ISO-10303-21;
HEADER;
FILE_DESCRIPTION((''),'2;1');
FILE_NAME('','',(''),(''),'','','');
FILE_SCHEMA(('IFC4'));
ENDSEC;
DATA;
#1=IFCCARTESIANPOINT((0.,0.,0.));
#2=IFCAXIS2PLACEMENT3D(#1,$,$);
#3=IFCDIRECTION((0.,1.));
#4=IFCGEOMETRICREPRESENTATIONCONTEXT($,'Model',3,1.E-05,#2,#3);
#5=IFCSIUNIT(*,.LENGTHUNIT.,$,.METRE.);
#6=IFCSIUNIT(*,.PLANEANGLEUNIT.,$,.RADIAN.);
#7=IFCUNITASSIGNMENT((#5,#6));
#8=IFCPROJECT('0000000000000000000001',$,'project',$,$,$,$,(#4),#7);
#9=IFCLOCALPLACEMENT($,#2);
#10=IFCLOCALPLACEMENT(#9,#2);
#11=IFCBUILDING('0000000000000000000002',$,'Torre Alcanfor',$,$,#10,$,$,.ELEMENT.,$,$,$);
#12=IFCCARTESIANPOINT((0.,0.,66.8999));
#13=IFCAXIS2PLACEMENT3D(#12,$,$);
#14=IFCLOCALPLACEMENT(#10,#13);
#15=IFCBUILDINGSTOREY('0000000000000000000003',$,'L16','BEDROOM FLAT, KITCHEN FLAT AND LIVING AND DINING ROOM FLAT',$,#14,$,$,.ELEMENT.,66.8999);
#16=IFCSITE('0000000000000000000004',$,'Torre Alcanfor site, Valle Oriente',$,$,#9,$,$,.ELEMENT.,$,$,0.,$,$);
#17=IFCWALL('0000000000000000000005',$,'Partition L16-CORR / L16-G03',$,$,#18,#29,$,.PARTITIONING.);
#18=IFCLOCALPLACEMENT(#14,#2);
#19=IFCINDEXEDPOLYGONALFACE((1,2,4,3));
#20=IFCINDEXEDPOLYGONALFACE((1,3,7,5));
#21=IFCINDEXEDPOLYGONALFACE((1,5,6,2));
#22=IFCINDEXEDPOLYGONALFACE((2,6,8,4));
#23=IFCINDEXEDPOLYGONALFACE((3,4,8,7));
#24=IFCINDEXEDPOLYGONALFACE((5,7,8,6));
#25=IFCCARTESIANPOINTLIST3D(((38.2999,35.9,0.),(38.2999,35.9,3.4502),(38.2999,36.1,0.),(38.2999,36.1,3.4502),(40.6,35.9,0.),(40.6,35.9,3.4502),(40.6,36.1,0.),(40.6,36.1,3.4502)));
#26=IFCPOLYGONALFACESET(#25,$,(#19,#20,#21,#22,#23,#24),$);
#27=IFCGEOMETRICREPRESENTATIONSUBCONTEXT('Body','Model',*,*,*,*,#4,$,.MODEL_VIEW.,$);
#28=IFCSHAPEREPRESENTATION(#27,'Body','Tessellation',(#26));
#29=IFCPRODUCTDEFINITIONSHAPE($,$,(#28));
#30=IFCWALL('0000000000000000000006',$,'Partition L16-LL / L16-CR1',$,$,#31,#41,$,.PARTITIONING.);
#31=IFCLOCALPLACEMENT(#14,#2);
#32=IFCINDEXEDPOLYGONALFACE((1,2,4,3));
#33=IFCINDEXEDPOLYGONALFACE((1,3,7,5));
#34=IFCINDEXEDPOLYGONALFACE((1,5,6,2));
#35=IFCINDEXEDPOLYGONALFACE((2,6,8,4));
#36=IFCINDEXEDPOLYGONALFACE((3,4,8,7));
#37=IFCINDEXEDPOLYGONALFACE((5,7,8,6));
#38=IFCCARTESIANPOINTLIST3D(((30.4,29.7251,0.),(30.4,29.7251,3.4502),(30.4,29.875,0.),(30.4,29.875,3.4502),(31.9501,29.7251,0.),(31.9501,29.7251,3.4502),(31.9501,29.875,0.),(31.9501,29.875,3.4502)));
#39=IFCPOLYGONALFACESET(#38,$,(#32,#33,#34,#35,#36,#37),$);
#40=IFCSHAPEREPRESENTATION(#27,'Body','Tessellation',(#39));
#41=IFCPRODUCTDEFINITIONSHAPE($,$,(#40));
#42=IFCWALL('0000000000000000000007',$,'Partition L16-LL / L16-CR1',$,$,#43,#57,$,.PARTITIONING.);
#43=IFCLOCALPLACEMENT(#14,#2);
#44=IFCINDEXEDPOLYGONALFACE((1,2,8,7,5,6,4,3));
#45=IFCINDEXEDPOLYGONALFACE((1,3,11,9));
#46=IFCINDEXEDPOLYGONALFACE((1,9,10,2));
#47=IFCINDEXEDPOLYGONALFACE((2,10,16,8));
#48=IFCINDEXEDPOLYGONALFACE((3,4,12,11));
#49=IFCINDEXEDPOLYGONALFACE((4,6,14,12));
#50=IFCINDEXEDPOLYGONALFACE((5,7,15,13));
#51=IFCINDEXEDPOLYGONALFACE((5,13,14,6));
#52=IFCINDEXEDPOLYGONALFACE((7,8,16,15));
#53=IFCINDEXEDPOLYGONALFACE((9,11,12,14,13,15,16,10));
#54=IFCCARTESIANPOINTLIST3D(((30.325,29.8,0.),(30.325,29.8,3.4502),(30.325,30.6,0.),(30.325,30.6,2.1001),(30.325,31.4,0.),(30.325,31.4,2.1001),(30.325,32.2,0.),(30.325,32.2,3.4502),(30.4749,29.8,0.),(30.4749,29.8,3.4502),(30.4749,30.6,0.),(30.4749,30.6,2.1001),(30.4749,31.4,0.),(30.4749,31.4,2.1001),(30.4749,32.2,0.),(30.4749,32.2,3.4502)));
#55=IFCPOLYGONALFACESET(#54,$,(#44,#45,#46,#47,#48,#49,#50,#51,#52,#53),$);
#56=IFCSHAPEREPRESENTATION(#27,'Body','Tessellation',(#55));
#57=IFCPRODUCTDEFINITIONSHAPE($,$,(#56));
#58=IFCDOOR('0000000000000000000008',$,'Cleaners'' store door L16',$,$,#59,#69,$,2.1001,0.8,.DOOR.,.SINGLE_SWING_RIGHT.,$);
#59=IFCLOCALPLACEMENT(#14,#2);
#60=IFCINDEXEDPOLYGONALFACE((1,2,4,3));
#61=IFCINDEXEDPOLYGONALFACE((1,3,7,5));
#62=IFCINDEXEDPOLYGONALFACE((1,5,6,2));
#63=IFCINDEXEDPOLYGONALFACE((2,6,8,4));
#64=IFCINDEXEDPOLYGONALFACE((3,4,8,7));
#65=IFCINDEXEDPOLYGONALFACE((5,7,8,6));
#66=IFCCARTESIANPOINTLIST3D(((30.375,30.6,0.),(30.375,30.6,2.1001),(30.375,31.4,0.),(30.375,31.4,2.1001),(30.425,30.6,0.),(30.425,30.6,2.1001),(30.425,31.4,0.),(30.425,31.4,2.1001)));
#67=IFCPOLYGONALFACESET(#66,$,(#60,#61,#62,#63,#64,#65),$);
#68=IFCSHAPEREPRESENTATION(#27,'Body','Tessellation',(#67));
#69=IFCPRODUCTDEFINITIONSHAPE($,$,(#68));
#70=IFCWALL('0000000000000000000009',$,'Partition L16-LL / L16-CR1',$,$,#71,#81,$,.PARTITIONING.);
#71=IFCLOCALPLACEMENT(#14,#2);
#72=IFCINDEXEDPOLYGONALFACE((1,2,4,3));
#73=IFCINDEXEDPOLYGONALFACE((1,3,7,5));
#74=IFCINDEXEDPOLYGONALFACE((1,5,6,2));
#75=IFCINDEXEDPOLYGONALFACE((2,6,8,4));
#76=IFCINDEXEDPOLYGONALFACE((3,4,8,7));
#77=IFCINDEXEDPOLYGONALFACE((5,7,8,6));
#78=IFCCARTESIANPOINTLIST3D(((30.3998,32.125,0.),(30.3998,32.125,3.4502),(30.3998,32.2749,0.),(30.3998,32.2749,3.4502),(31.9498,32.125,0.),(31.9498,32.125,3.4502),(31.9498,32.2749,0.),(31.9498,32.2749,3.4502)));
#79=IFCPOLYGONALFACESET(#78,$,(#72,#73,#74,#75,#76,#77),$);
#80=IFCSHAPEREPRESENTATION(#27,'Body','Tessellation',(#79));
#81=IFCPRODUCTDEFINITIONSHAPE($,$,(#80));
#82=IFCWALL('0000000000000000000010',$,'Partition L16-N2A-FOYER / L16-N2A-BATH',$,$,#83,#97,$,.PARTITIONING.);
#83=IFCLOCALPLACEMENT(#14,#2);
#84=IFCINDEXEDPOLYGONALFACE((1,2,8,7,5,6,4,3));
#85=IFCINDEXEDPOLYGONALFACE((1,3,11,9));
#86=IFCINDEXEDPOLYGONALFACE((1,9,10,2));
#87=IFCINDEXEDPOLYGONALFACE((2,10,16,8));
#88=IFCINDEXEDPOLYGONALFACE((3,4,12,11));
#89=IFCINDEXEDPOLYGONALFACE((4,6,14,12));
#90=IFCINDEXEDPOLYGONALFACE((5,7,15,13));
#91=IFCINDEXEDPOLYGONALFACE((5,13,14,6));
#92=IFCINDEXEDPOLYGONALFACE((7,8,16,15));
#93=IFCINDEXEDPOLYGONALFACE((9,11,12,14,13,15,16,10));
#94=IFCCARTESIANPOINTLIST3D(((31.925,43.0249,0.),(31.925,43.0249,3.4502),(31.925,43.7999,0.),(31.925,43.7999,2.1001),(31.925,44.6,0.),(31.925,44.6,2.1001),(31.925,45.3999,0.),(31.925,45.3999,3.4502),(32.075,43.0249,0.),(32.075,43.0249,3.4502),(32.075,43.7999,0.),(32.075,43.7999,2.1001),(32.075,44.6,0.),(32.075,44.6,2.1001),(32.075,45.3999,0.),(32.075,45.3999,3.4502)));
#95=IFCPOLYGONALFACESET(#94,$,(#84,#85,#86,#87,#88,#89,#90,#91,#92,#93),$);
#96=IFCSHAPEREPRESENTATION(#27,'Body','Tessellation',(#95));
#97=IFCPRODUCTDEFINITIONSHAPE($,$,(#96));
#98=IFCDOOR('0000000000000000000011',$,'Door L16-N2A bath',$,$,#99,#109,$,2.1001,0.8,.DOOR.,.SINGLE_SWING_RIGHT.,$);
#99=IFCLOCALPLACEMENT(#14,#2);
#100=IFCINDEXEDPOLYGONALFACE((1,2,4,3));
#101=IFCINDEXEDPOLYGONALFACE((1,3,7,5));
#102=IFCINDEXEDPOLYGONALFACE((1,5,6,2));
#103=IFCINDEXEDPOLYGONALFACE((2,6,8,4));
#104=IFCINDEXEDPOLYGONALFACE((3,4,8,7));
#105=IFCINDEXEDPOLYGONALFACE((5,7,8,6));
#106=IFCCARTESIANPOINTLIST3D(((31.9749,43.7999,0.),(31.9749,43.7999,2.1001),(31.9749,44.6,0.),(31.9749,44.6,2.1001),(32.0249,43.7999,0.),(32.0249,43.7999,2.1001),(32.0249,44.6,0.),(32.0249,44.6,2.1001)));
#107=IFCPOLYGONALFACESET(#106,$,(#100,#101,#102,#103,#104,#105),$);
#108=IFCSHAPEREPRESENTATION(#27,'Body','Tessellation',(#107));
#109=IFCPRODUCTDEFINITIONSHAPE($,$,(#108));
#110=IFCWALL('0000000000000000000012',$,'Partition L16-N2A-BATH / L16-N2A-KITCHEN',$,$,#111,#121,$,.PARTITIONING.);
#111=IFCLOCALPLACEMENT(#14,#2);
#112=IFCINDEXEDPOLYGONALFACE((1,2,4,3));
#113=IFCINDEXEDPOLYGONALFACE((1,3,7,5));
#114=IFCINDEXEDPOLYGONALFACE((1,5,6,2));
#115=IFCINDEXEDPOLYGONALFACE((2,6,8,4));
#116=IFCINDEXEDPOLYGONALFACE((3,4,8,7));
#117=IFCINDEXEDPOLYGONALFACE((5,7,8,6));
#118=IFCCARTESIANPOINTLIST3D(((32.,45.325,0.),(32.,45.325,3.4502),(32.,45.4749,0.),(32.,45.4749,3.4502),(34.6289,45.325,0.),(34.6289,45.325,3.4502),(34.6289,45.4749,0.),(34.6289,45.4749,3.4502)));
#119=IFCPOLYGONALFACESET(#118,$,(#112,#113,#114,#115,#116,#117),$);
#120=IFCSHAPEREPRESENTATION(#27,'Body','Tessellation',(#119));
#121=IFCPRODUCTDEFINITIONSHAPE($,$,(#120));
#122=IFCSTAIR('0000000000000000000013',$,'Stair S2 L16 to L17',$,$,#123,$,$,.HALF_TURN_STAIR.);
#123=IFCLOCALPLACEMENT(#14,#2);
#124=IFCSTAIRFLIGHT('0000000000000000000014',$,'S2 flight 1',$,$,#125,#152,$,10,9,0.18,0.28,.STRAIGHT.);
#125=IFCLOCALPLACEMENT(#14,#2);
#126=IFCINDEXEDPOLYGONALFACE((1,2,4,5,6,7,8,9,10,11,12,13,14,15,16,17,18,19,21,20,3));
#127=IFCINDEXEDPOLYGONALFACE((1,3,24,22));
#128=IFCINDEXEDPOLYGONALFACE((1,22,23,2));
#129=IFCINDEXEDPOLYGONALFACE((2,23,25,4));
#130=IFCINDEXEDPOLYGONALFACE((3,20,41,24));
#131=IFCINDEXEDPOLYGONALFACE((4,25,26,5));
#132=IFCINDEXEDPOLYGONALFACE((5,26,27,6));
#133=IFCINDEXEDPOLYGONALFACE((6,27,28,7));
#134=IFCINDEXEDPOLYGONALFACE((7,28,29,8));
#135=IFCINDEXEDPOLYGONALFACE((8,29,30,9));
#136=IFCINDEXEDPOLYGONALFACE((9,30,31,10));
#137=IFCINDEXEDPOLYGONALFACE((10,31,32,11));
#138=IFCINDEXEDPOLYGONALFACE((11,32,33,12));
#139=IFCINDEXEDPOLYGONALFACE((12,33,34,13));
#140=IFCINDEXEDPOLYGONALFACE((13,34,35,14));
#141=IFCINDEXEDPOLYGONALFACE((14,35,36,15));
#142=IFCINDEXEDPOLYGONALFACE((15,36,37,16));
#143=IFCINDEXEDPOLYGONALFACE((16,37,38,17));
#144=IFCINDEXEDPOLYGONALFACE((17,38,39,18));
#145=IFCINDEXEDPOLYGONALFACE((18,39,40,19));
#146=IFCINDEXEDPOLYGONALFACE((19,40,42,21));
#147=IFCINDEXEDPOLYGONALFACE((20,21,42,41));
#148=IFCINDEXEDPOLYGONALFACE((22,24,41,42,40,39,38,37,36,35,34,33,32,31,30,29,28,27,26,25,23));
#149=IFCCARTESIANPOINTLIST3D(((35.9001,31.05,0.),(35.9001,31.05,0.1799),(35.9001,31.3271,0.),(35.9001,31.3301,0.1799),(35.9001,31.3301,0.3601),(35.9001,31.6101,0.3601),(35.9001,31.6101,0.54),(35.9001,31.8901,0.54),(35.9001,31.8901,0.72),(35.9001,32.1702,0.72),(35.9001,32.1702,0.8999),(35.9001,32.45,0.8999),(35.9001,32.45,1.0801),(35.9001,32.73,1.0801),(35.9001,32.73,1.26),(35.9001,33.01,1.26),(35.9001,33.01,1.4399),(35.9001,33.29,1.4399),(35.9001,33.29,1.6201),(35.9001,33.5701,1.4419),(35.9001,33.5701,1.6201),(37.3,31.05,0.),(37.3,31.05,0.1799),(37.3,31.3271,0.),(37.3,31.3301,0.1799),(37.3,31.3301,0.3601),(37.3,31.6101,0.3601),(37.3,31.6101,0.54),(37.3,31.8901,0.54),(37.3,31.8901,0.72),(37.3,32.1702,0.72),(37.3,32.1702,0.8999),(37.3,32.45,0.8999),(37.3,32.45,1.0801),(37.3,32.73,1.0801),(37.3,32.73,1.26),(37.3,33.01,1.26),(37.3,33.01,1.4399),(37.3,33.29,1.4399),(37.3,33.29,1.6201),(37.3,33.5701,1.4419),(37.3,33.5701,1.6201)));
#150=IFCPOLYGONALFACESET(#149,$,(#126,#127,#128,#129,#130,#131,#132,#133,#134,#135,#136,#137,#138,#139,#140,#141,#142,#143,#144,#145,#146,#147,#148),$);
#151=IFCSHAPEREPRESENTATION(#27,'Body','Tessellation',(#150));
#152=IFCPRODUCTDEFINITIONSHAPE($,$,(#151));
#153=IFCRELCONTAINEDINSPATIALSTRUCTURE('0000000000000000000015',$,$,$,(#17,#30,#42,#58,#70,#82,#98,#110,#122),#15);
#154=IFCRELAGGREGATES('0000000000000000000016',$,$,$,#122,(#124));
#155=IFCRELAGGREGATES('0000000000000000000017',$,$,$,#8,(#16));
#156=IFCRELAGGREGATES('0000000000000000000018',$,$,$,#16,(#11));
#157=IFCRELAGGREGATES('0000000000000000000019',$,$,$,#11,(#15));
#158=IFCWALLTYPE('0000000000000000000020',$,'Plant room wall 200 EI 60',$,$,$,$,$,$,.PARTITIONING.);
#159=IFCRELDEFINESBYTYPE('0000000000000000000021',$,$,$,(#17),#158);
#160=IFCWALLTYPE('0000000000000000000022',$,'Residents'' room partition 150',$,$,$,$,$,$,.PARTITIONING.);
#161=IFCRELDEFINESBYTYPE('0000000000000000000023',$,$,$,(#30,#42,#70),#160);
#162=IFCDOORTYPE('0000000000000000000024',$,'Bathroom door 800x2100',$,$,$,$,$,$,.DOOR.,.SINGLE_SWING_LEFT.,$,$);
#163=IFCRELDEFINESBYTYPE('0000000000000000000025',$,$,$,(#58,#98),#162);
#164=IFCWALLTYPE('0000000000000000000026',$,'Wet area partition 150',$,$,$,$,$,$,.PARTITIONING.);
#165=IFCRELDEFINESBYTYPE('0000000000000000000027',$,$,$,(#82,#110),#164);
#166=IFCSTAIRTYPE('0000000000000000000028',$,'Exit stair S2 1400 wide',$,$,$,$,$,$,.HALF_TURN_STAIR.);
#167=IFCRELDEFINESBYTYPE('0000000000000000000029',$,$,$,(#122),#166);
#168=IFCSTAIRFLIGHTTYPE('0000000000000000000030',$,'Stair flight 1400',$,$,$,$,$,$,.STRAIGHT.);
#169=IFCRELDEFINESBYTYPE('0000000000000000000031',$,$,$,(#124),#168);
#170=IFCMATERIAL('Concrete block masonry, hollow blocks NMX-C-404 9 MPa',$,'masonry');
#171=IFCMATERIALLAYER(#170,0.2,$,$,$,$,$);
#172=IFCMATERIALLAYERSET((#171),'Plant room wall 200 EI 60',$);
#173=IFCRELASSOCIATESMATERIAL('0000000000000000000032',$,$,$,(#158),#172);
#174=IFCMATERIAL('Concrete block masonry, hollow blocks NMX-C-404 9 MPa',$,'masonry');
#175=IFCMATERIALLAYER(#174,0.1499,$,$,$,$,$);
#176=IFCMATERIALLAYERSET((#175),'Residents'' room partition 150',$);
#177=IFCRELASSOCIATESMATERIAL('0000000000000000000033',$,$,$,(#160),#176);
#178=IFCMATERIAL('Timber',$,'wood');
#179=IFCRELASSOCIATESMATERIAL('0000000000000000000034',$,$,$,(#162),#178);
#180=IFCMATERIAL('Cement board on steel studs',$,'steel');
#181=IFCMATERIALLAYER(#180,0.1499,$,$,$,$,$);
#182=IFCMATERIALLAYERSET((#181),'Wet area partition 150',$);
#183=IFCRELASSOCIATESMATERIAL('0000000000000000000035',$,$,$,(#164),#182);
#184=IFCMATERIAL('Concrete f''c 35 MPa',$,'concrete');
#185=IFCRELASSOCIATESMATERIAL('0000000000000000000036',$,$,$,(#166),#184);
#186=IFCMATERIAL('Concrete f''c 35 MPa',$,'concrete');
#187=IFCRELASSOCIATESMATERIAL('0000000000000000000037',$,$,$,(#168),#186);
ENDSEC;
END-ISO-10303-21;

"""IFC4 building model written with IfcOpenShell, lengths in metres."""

from ifc_helpers import new_model, si_unit, direction, frame, frame_2d, origin, place, context, subcontext, project, spatial, polyline, rectangle, outline, extrude, material, layer, layer_set, type_object, element, fill, aggregate, save


model = new_model("IFC4")

# Units and contexts
model_context = context("Model", 3, precision=1e-05, world=origin(), true_north=direction((0.0, 1.0)))
body_context = subcontext(model_context, "Body", "Model", "MODEL_VIEW")
ifc_project = project(units=[si_unit("LENGTHUNIT", "METRE"), si_unit("PLANEANGLEUNIT", "RADIAN")], contexts=[model_context])

# Site, building, storey
site_placement = place(None, origin())
site = spatial("IfcSite", under=ifc_project, at=site_placement, Name="Torre Alcanfor site, Valle Oriente", CompositionType="ELEMENT", RefElevation=0.0)
building_placement = place(site_placement, origin())
building = spatial("IfcBuilding", under=site, at=building_placement, Name="Torre Alcanfor", CompositionType="ELEMENT")
storey_placement = place(building_placement, frame((0.0, 0.0, 66.8999)))
storey = spatial("IfcBuildingStorey", under=building, at=storey_placement, Name="L16", Description="BEDROOM FLAT, KITCHEN FLAT AND LIVING AND DINING ROOM FLAT", CompositionType="ELEMENT", Elevation=66.8999)

# Walls
ifc_material_1 = material(Name="Concrete block masonry, hollow blocks NMX-C-404 9 MPa", Category="masonry")
ifc_layer_1 = layer(ifc_material_1, 0.2)
ifc_layer_set_1 = layer_set([ifc_layer_1], Name="Plant room wall 200 EI 60")
wall_type_1 = type_object("IfcWallType", Name="Plant room wall 200 EI 60", PredefinedType="PARTITIONING", material=ifc_layer_set_1)
wall_1_placement = place(storey_placement, frame((38.3, 36.0, 0.0), z_axis=(0.0, 0.0, 1.0), x_axis=(1.0, 0.0, 0.0)))
element("IfcWall", 1, at=wall_1_placement, inside=storey, type_object=wall_type_1, Name="Partition L16-CORR / L16-G03", PredefinedType="PARTITIONING", context=body_context, shape_type="SweptSolid", body=[
    extrude(rectangle(XDim=2.3, YDim=0.2, at=frame_2d((1.1499, 0.0))), origin(), (0.0, 0.0, 1.0), 3.4502),
])
ifc_material_2 = material(Name="Concrete block masonry, hollow blocks NMX-C-404 9 MPa", Category="masonry")
ifc_layer_2 = layer(ifc_material_2, 0.1499)
ifc_layer_set_2 = layer_set([ifc_layer_2], Name="Residents' room partition 150")
wall_type_2 = type_object("IfcWallType", Name="Residents' room partition 150", PredefinedType="PARTITIONING", material=ifc_layer_set_2)
wall_2_placement = place(storey_placement, frame((31.95, 29.8, 0.0), z_axis=(0.0, 0.0, 1.0), x_axis=(-1.0, 0.0, 0.0)))
element("IfcWall", 2, at=wall_2_placement, inside=storey, type_object=wall_type_2, Name="Partition L16-LL / L16-CR1", PredefinedType="PARTITIONING", context=body_context, shape_type="SweptSolid", body=[
    extrude(rectangle(XDim=1.55, YDim=0.1499, at=frame_2d((0.7749, 0.0))), origin(), (0.0, 0.0, 1.0), 3.4502),
])

# Wall, opening, door
wall_3_placement = place(storey_placement, frame((30.3999, 29.8, 0.0), z_axis=(0.0, 0.0, 1.0), x_axis=(0.0, 1.0, 0.0)))
wall_3 = element("IfcWall", 3, at=wall_3_placement, inside=storey, type_object=wall_type_2, Name="Partition L16-LL / L16-CR1", PredefinedType="PARTITIONING", context=body_context, shape_type="SweptSolid", body=[
    extrude(rectangle(XDim=2.3999, YDim=0.1499, at=frame_2d((1.2, 0.0))), origin(), (0.0, 0.0, 1.0), 3.4502),
])
opening_1_placement = place(wall_3_placement, frame((0.8, 0.0, 0.0)))
opening_1 = element("IfcOpeningElement", 4, at=opening_1_placement, cuts=wall_3, PredefinedType="OPENING", context=body_context, shape_type="SweptSolid", body=[
    extrude(rectangle(XDim=0.8, YDim=2.1001, at=frame_2d((0.3999, 1.05))), frame((0.0, 0.085, 0.0), z_axis=(0.0, -1.0, 0.0), x_axis=(1.0, 0.0, 0.0)), (0.0, 0.0, 1.0), 0.1699),
])
ifc_material_3 = material(Name="Timber", Category="wood")
door_type_1 = type_object("IfcDoorType", Name="Bathroom door 800x2100", OperationType="SINGLE_SWING_LEFT", PredefinedType="DOOR", material=ifc_material_3)
door_1_placement = place(opening_1_placement, frame((0.8, 0.0, 0.0), z_axis=(0.0, 0.0, 1.0), x_axis=(-1.0, 0.0, 0.0)))
door_1 = element("IfcDoor", 5, at=door_1_placement, inside=storey, type_object=door_type_1, Name="Cleaners' store door L16", OperationType="SINGLE_SWING_RIGHT", OverallHeight=2.1001, OverallWidth=0.8, PredefinedType="DOOR", context=body_context, shape_type="SweptSolid", body=[
    extrude(rectangle(XDim=0.8, YDim=2.1001, at=frame_2d((0.4001, 1.05))), frame((0.0, 0.0251, 0.0), z_axis=(0.0, -1.0, 0.0), x_axis=(1.0, 0.0, 0.0)), (0.0, 0.0, 1.0), 0.05),
])
fill(opening_1, door_1)

# Wall
wall_4_placement = place(storey_placement, frame((30.3999, 32.2, 0.0), z_axis=(0.0, 0.0, 1.0), x_axis=(1.0, 0.0, 0.0)))
element("IfcWall", 6, at=wall_4_placement, inside=storey, type_object=wall_type_2, Name="Partition L16-LL / L16-CR1", PredefinedType="PARTITIONING", context=body_context, shape_type="SweptSolid", body=[
    extrude(rectangle(XDim=1.55, YDim=0.1499, at=frame_2d((0.7749, 0.0))), origin(), (0.0, 0.0, 1.0), 3.4502),
])

# Wall, opening, door
ifc_material_4 = material(Name="Cement board on steel studs", Category="steel")
ifc_layer_3 = layer(ifc_material_4, 0.1499)
ifc_layer_set_3 = layer_set([ifc_layer_3], Name="Wet area partition 150")
wall_type_3 = type_object("IfcWallType", Name="Wet area partition 150", PredefinedType="PARTITIONING", material=ifc_layer_set_3)
wall_5_placement = place(storey_placement, frame((32.0, 45.3999, 0.0), z_axis=(0.0, 0.0, 1.0), x_axis=(0.0, -1.0, 0.0)))
wall_5 = element("IfcWall", 7, at=wall_5_placement, inside=storey, type_object=wall_type_3, Name="Partition L16-N2A-FOYER / L16-N2A-BATH", PredefinedType="PARTITIONING", context=body_context, shape_type="SweptSolid", body=[
    extrude(rectangle(XDim=2.375, YDim=0.1499, at=frame_2d((1.1875, 0.0))), origin(), (0.0, 0.0, 1.0), 3.4502),
])
opening_2_placement = place(wall_5_placement, frame((0.8, 0.0, 0.0)))
opening_2 = element("IfcOpeningElement", 8, at=opening_2_placement, cuts=wall_5, PredefinedType="OPENING", context=body_context, shape_type="SweptSolid", body=[
    extrude(rectangle(XDim=0.8, YDim=2.1001, at=frame_2d((0.3999, 1.05))), frame((0.0, 0.085, 0.0), z_axis=(0.0, -1.0, 0.0), x_axis=(1.0, 0.0, 0.0)), (0.0, 0.0, 1.0), 0.1699),
])
door_2_placement = place(opening_2_placement, origin())
door_2 = element("IfcDoor", 9, at=door_2_placement, inside=storey, type_object=door_type_1, Name="Door L16-N2A bath", OperationType="SINGLE_SWING_RIGHT", OverallHeight=2.1001, OverallWidth=0.8, PredefinedType="DOOR", context=body_context, shape_type="SweptSolid", body=[
    extrude(rectangle(XDim=0.8, YDim=2.1001, at=frame_2d((0.3999, 1.05))), frame((0.0, 0.0249, 0.0), z_axis=(0.0, -1.0, 0.0), x_axis=(1.0, 0.0, 0.0)), (0.0, 0.0, 1.0), 0.05),
])
fill(opening_2, door_2)

# Wall
wall_6_placement = place(storey_placement, frame((32.0, 45.3999, 0.0), z_axis=(0.0, 0.0, 1.0), x_axis=(1.0, 0.0, 0.0)))
element("IfcWall", 10, at=wall_6_placement, inside=storey, type_object=wall_type_3, Name="Partition L16-N2A-BATH / L16-N2A-KITCHEN", PredefinedType="PARTITIONING", context=body_context, shape_type="SweptSolid", body=[
    extrude(rectangle(XDim=2.6289, YDim=0.1499, at=frame_2d((1.3145, 0.0))), origin(), (0.0, 0.0, 1.0), 3.4502),
])

# Stair, stair flight
ifc_material_5 = material(Name="Concrete f'c 35 MPa", Category="concrete")
stair_type = type_object("IfcStairType", Name="Exit stair S2 1400 wide", PredefinedType="HALF_TURN_STAIR", material=ifc_material_5)
stair_placement = place(storey_placement, origin())
stair = element("IfcStair", 11, at=stair_placement, inside=storey, type_object=stair_type, Name="Stair S2 L16 to L17", PredefinedType="HALF_TURN_STAIR")
ifc_material_6 = material(Name="Concrete f'c 35 MPa", Category="concrete")
stair_flight_type = type_object("IfcStairFlightType", Name="Stair flight 1400", PredefinedType="STRAIGHT", material=ifc_material_6)
stair_flight_1_placement = place(storey_placement, frame((36.6001, 31.05, 0.0), z_axis=(0.0, 0.0, 1.0), x_axis=(0.0, 1.0, 0.0)))
stair_flight_1 = element("IfcStairFlight", 12, at=stair_flight_1_placement, type_object=stair_flight_type, Name="S2 flight 1", NumberOfRisers=10, NumberOfTreads=9, PredefinedType="STRAIGHT", RiserHeight=0.18, TreadLength=0.28, context=body_context, shape_type="SweptSolid", body=[
    extrude(outline(polyline([(0.0, 0.0), (0.0, 0.1799), (0.28, 0.1799), (0.28, 0.3601), (0.5601, 0.3601), (0.5601, 0.54), (0.8401, 0.54), (0.8401, 0.72), (1.1201, 0.72), (1.1201, 0.8999), (1.3999, 0.8999), (1.3999, 1.0801), (1.6799, 1.0801), (1.6799, 1.26), (1.96, 1.26), (1.96, 1.4399), (2.24, 1.4399), (2.24, 1.6201), (2.52, 1.6201), (2.52, 1.8), (2.52, 1.4419), (0.2771, 0.0), (0.0, 0.0)])), frame((0.0, 0.7, 0.0), z_axis=(0.0, -1.0, 0.0), x_axis=(1.0, 0.0, 0.0)), (0.0, 0.0, 1.0), 1.3999),
])
aggregate(stair, [stair_flight_1])

save(model, "model.ifc")
